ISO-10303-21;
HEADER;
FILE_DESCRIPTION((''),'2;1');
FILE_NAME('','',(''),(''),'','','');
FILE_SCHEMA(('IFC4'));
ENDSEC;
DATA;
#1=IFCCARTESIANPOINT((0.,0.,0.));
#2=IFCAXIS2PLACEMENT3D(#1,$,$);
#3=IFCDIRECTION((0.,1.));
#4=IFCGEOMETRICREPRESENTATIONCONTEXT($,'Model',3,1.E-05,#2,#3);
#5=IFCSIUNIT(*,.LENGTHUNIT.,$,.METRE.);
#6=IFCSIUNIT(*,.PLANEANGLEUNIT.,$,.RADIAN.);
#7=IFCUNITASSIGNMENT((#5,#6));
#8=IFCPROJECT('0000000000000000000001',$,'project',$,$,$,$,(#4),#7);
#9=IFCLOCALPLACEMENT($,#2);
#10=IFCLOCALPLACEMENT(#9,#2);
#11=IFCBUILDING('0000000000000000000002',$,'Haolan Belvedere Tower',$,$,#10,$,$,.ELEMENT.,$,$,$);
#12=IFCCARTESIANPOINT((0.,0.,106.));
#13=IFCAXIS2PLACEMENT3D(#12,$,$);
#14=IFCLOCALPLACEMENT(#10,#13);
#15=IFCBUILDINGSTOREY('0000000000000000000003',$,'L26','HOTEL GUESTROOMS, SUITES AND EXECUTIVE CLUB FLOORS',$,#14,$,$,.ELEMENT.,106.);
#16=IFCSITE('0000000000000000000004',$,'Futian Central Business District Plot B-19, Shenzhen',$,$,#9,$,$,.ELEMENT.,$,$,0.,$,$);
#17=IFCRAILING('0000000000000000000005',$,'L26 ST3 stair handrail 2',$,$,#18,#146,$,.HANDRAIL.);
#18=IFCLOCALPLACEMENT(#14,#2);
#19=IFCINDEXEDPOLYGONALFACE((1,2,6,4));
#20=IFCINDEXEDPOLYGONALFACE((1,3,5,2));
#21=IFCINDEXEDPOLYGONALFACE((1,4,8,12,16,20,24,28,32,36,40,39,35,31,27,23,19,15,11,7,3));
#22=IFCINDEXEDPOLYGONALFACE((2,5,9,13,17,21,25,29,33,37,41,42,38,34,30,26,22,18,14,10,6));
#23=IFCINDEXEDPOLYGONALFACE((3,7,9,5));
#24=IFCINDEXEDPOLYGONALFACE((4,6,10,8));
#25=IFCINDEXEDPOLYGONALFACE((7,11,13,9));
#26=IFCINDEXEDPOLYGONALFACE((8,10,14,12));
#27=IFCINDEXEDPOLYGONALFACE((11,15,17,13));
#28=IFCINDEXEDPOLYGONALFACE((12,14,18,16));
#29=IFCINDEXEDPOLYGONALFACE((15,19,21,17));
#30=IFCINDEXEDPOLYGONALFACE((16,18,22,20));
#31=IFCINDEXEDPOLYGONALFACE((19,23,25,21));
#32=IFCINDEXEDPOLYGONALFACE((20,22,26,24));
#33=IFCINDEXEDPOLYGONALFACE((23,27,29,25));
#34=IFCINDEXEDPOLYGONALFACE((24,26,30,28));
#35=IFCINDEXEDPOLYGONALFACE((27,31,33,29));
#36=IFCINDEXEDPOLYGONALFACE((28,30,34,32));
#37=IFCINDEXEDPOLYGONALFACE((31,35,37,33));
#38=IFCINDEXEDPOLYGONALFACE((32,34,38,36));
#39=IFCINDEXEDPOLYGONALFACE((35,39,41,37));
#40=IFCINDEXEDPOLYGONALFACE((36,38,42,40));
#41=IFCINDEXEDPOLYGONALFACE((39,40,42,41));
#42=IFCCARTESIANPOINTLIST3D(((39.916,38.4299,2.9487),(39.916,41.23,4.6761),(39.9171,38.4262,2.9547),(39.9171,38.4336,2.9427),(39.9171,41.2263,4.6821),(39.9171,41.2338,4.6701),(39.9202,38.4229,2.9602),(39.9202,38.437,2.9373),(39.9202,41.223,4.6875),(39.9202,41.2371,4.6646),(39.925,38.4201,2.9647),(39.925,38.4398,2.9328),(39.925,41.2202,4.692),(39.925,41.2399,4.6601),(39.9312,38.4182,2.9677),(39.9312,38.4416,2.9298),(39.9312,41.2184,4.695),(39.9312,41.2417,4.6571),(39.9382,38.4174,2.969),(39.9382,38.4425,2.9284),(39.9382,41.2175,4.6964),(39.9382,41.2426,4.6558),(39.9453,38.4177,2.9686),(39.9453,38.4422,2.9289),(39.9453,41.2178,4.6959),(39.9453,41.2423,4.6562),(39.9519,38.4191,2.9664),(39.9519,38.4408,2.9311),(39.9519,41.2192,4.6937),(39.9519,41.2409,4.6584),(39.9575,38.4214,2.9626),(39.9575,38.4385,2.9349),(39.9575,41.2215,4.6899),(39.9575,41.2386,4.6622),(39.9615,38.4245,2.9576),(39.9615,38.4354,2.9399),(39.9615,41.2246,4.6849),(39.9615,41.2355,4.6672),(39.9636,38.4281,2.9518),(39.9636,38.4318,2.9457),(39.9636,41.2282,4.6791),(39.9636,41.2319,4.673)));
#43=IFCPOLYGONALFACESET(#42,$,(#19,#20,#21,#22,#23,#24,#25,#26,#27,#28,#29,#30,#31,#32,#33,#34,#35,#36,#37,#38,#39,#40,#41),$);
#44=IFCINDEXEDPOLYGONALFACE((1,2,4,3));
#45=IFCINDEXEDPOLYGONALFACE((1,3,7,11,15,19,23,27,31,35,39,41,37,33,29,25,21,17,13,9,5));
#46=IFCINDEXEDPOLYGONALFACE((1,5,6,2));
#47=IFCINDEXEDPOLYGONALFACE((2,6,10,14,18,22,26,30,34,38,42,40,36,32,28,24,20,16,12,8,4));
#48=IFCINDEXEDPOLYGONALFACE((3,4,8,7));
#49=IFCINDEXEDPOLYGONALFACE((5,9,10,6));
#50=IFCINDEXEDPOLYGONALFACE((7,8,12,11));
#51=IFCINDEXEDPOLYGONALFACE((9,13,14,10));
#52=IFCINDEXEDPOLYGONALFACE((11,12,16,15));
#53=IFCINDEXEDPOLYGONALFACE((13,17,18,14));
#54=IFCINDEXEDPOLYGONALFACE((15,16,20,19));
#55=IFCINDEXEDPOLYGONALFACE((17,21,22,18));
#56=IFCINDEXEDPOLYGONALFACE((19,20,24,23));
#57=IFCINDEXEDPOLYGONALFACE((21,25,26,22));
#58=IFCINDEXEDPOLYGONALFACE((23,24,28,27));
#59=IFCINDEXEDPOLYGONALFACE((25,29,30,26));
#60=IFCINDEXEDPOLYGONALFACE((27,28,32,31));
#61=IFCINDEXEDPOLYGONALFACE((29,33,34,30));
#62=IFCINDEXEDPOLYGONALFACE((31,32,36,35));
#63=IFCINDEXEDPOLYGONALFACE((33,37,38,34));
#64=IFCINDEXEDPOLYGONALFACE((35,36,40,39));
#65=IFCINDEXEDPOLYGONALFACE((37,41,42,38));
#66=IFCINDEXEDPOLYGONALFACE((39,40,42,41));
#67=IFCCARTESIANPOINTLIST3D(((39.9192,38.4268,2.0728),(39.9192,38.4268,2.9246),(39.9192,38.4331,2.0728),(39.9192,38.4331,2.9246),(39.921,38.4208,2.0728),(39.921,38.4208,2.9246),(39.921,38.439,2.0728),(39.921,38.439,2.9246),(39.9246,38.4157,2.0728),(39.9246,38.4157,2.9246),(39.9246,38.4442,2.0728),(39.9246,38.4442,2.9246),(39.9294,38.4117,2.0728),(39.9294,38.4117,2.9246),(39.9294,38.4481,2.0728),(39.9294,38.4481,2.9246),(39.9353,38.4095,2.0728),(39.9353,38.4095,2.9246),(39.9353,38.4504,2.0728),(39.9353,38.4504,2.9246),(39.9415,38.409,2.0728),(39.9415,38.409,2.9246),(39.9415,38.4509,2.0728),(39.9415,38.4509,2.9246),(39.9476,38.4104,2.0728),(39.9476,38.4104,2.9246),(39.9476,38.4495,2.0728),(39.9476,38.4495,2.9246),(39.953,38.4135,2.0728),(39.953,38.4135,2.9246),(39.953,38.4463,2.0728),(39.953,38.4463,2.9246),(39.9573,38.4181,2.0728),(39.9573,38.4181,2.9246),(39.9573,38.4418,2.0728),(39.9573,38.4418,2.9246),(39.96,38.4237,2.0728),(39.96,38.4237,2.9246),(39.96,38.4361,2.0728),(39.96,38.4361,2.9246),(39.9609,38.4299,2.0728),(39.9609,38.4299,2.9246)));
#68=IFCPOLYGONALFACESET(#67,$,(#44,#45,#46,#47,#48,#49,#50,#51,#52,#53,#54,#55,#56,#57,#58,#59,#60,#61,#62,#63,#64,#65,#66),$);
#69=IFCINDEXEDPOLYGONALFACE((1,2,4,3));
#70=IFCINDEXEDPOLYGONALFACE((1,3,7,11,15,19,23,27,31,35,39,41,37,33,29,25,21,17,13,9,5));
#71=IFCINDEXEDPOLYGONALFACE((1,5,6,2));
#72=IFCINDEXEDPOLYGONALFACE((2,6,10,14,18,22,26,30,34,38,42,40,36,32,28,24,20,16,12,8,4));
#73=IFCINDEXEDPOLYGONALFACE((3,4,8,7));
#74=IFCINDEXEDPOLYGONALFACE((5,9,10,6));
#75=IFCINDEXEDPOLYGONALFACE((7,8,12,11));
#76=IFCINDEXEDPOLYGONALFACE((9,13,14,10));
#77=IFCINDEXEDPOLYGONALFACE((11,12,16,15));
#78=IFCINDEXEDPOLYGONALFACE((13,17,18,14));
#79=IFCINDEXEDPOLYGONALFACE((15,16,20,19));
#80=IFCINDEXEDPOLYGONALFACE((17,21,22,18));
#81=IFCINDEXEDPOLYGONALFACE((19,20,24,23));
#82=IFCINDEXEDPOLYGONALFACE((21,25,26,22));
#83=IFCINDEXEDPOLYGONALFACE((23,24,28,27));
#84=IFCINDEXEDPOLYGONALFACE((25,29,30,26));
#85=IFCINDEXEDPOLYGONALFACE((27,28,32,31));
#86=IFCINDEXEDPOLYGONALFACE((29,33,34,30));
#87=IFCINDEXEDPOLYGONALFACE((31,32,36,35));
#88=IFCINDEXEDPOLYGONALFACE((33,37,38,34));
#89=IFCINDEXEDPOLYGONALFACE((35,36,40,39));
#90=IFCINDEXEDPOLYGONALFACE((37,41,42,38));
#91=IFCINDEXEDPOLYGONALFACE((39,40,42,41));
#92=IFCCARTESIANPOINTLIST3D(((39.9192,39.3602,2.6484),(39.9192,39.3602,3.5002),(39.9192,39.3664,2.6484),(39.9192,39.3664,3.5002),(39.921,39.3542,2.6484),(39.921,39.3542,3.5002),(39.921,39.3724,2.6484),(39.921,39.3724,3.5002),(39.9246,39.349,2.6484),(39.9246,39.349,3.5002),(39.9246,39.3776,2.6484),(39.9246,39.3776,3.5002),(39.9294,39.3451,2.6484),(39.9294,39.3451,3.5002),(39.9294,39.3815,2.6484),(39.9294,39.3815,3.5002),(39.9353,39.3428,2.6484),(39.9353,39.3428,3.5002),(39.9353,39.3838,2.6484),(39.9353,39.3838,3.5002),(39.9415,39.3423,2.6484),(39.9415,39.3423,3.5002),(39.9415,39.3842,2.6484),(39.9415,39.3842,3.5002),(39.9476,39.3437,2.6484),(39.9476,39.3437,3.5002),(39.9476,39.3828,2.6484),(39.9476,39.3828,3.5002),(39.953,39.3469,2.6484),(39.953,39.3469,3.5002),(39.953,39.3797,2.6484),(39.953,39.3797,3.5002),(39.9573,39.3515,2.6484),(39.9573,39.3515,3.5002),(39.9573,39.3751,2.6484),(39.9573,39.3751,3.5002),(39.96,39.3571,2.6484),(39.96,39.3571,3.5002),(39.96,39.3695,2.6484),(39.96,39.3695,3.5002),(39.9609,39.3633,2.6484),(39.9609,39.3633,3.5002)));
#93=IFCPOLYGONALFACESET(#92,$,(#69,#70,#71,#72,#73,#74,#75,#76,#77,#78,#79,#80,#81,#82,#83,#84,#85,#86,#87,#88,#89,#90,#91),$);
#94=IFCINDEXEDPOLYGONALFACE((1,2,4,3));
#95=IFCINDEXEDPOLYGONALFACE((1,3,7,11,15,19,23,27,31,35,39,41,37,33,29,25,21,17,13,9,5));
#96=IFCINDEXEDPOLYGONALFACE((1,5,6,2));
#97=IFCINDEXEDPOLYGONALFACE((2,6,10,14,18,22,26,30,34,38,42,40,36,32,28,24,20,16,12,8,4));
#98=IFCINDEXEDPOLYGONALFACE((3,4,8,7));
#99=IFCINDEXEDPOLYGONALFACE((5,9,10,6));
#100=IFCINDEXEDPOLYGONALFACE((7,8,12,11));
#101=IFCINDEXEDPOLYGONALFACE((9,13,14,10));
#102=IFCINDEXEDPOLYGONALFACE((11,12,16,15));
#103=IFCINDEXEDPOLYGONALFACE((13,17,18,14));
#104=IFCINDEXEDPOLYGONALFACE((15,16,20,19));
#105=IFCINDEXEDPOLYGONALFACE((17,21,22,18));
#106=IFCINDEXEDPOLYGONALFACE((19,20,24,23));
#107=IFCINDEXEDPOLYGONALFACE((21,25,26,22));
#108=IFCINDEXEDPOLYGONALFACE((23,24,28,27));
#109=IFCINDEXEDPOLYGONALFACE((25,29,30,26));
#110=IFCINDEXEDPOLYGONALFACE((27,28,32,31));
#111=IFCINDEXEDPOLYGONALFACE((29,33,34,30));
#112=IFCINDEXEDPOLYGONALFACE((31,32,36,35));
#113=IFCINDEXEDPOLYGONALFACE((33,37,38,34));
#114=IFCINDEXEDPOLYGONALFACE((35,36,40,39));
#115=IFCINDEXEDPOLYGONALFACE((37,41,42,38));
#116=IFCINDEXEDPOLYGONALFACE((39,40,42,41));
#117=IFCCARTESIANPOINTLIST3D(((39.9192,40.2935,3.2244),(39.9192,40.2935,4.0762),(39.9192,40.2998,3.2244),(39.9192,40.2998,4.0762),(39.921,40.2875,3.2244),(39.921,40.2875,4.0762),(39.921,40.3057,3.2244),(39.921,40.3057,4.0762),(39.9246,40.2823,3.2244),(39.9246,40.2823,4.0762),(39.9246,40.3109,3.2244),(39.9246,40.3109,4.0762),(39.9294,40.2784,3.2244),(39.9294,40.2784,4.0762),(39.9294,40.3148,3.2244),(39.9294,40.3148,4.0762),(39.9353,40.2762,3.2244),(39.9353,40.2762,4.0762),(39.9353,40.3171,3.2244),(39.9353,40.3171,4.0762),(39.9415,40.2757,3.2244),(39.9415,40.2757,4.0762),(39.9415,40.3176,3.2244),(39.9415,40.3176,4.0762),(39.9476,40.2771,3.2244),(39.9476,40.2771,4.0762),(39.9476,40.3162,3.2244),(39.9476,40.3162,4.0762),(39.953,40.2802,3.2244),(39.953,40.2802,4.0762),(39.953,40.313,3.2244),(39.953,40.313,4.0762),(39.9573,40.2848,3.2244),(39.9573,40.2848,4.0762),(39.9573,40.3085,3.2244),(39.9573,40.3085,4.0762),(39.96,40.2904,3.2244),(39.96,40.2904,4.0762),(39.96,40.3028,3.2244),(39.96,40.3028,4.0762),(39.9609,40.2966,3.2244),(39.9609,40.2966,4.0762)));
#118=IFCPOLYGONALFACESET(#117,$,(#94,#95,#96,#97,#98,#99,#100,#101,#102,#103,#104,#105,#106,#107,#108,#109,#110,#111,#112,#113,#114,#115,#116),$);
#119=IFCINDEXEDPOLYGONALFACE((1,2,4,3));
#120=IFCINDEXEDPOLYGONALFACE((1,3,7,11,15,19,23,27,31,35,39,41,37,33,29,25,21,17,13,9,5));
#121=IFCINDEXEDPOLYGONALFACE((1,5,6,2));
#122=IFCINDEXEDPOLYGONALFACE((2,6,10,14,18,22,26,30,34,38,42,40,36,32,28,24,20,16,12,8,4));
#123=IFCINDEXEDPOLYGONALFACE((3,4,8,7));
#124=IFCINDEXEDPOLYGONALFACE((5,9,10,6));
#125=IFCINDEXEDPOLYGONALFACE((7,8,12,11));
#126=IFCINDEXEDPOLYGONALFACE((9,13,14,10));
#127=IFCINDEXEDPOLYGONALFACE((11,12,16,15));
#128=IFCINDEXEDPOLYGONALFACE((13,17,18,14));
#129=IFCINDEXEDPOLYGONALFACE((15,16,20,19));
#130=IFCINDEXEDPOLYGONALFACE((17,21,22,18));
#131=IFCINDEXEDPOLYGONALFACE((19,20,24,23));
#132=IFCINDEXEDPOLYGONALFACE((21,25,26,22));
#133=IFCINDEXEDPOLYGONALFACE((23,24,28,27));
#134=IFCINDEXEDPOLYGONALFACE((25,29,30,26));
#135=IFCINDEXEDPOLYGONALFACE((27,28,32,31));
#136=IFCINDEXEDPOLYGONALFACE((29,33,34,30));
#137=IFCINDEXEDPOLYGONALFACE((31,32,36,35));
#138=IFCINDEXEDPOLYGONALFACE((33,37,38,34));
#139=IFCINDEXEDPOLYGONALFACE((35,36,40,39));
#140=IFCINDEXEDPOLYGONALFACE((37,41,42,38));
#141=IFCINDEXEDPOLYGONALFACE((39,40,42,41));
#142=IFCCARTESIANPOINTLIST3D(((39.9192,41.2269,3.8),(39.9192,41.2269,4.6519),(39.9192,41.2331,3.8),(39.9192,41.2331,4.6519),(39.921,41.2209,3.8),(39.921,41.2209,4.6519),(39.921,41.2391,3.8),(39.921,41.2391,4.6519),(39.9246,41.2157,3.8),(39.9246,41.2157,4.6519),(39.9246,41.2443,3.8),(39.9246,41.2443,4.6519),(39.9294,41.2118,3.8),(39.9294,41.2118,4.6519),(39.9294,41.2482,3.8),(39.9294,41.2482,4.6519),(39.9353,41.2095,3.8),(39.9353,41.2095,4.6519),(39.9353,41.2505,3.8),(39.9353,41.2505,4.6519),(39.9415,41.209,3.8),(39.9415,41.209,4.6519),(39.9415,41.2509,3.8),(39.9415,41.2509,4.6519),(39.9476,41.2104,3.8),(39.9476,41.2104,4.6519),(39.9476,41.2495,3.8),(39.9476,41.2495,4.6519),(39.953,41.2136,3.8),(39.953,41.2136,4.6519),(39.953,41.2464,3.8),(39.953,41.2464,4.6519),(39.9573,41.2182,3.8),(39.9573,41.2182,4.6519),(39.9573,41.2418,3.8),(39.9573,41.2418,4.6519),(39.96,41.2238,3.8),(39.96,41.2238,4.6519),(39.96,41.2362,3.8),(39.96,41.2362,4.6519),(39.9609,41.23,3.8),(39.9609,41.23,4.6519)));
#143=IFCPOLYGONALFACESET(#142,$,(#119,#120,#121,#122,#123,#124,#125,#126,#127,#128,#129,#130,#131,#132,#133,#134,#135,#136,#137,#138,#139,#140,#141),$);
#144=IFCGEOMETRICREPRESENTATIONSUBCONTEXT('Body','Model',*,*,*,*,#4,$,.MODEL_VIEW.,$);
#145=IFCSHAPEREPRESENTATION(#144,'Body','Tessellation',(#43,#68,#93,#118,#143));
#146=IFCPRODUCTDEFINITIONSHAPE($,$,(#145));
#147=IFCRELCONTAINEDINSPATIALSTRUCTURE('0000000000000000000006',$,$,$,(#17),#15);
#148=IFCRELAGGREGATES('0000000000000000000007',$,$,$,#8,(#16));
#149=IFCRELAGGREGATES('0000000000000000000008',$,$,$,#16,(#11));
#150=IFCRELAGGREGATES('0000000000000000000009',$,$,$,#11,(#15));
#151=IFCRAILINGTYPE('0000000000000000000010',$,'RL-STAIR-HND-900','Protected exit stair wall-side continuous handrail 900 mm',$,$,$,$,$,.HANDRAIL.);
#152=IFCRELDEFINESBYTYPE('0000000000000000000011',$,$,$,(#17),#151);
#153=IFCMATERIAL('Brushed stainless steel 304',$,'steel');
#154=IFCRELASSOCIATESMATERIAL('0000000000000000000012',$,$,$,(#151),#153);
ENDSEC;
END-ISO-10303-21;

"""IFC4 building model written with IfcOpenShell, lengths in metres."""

from ifc_helpers import new_model, si_unit, direction, frame, origin, origin_2d, place, context, subcontext, project, spatial, circle, extrude, material, type_object, element, save


model = new_model("IFC4")

# Units and contexts
model_context = context("Model", 3, precision=1e-05, world=origin(), true_north=direction((0.0, 1.0)))
body_context = subcontext(model_context, "Body", "Model", "MODEL_VIEW")
ifc_project = project(units=[si_unit("LENGTHUNIT", "METRE"), si_unit("PLANEANGLEUNIT", "RADIAN")], contexts=[model_context])

# Site, building, storey
site_placement = place(None, origin())
site = spatial("IfcSite", under=ifc_project, at=site_placement, Name="Futian Central Business District Plot B-19, Shenzhen", CompositionType="ELEMENT", RefElevation=0.0)
building_placement = place(site_placement, origin())
building = spatial("IfcBuilding", under=site, at=building_placement, Name="Haolan Belvedere Tower", CompositionType="ELEMENT")
storey_placement = place(building_placement, frame((0.0, 0.0, 106.0)))
storey = spatial("IfcBuildingStorey", under=building, at=storey_placement, Name="L26", Description="HOTEL GUESTROOMS, SUITES AND EXECUTIVE CLUB FLOORS", CompositionType="ELEMENT", Elevation=106.0)

# Railing
ifc_material_1 = material(Name="Brushed stainless steel 304", Category="steel")
railing_type_1 = type_object("IfcRailingType", Name="RL-STAIR-HND-900", Description="Protected exit stair wall-side continuous handrail 900 mm", PredefinedType="HANDRAIL", material=ifc_material_1)
railing_1_placement = place(storey_placement, frame((39.9399, 38.4299, 2.0728)))
element("IfcRailing", 1, at=railing_1_placement, inside=storey, type_object=railing_type_1, Name="L26 ST3 stair handrail 2", PredefinedType="HANDRAIL", context=body_context, shape_type="SweptSolid", body=[
    extrude(circle(Radius=0.0239, at=origin_2d()), frame((0.0, 0.0, 0.876), z_axis=(0.0, 0.85109, 0.52502), x_axis=(-1.0, 0.0, 0.0)), (0.0, 0.0, 1.0), 3.29),
    extrude(circle(Radius=0.021, at=origin_2d()), origin(), (0.0, 0.0, 1.0), 0.8518),
    extrude(circle(Radius=0.021, at=origin_2d()), frame((0.0, 0.9333, 0.5757)), (0.0, 0.0, 1.0), 0.8518),
    extrude(circle(Radius=0.021, at=origin_2d()), frame((0.0, 1.8667, 1.1516)), (0.0, 0.0, 1.0), 0.8518),
    extrude(circle(Radius=0.021, at=origin_2d()), frame((0.0, 2.8, 1.7273)), (0.0, 0.0, 1.0), 0.8518),
])

save(model, "model.ifc")
